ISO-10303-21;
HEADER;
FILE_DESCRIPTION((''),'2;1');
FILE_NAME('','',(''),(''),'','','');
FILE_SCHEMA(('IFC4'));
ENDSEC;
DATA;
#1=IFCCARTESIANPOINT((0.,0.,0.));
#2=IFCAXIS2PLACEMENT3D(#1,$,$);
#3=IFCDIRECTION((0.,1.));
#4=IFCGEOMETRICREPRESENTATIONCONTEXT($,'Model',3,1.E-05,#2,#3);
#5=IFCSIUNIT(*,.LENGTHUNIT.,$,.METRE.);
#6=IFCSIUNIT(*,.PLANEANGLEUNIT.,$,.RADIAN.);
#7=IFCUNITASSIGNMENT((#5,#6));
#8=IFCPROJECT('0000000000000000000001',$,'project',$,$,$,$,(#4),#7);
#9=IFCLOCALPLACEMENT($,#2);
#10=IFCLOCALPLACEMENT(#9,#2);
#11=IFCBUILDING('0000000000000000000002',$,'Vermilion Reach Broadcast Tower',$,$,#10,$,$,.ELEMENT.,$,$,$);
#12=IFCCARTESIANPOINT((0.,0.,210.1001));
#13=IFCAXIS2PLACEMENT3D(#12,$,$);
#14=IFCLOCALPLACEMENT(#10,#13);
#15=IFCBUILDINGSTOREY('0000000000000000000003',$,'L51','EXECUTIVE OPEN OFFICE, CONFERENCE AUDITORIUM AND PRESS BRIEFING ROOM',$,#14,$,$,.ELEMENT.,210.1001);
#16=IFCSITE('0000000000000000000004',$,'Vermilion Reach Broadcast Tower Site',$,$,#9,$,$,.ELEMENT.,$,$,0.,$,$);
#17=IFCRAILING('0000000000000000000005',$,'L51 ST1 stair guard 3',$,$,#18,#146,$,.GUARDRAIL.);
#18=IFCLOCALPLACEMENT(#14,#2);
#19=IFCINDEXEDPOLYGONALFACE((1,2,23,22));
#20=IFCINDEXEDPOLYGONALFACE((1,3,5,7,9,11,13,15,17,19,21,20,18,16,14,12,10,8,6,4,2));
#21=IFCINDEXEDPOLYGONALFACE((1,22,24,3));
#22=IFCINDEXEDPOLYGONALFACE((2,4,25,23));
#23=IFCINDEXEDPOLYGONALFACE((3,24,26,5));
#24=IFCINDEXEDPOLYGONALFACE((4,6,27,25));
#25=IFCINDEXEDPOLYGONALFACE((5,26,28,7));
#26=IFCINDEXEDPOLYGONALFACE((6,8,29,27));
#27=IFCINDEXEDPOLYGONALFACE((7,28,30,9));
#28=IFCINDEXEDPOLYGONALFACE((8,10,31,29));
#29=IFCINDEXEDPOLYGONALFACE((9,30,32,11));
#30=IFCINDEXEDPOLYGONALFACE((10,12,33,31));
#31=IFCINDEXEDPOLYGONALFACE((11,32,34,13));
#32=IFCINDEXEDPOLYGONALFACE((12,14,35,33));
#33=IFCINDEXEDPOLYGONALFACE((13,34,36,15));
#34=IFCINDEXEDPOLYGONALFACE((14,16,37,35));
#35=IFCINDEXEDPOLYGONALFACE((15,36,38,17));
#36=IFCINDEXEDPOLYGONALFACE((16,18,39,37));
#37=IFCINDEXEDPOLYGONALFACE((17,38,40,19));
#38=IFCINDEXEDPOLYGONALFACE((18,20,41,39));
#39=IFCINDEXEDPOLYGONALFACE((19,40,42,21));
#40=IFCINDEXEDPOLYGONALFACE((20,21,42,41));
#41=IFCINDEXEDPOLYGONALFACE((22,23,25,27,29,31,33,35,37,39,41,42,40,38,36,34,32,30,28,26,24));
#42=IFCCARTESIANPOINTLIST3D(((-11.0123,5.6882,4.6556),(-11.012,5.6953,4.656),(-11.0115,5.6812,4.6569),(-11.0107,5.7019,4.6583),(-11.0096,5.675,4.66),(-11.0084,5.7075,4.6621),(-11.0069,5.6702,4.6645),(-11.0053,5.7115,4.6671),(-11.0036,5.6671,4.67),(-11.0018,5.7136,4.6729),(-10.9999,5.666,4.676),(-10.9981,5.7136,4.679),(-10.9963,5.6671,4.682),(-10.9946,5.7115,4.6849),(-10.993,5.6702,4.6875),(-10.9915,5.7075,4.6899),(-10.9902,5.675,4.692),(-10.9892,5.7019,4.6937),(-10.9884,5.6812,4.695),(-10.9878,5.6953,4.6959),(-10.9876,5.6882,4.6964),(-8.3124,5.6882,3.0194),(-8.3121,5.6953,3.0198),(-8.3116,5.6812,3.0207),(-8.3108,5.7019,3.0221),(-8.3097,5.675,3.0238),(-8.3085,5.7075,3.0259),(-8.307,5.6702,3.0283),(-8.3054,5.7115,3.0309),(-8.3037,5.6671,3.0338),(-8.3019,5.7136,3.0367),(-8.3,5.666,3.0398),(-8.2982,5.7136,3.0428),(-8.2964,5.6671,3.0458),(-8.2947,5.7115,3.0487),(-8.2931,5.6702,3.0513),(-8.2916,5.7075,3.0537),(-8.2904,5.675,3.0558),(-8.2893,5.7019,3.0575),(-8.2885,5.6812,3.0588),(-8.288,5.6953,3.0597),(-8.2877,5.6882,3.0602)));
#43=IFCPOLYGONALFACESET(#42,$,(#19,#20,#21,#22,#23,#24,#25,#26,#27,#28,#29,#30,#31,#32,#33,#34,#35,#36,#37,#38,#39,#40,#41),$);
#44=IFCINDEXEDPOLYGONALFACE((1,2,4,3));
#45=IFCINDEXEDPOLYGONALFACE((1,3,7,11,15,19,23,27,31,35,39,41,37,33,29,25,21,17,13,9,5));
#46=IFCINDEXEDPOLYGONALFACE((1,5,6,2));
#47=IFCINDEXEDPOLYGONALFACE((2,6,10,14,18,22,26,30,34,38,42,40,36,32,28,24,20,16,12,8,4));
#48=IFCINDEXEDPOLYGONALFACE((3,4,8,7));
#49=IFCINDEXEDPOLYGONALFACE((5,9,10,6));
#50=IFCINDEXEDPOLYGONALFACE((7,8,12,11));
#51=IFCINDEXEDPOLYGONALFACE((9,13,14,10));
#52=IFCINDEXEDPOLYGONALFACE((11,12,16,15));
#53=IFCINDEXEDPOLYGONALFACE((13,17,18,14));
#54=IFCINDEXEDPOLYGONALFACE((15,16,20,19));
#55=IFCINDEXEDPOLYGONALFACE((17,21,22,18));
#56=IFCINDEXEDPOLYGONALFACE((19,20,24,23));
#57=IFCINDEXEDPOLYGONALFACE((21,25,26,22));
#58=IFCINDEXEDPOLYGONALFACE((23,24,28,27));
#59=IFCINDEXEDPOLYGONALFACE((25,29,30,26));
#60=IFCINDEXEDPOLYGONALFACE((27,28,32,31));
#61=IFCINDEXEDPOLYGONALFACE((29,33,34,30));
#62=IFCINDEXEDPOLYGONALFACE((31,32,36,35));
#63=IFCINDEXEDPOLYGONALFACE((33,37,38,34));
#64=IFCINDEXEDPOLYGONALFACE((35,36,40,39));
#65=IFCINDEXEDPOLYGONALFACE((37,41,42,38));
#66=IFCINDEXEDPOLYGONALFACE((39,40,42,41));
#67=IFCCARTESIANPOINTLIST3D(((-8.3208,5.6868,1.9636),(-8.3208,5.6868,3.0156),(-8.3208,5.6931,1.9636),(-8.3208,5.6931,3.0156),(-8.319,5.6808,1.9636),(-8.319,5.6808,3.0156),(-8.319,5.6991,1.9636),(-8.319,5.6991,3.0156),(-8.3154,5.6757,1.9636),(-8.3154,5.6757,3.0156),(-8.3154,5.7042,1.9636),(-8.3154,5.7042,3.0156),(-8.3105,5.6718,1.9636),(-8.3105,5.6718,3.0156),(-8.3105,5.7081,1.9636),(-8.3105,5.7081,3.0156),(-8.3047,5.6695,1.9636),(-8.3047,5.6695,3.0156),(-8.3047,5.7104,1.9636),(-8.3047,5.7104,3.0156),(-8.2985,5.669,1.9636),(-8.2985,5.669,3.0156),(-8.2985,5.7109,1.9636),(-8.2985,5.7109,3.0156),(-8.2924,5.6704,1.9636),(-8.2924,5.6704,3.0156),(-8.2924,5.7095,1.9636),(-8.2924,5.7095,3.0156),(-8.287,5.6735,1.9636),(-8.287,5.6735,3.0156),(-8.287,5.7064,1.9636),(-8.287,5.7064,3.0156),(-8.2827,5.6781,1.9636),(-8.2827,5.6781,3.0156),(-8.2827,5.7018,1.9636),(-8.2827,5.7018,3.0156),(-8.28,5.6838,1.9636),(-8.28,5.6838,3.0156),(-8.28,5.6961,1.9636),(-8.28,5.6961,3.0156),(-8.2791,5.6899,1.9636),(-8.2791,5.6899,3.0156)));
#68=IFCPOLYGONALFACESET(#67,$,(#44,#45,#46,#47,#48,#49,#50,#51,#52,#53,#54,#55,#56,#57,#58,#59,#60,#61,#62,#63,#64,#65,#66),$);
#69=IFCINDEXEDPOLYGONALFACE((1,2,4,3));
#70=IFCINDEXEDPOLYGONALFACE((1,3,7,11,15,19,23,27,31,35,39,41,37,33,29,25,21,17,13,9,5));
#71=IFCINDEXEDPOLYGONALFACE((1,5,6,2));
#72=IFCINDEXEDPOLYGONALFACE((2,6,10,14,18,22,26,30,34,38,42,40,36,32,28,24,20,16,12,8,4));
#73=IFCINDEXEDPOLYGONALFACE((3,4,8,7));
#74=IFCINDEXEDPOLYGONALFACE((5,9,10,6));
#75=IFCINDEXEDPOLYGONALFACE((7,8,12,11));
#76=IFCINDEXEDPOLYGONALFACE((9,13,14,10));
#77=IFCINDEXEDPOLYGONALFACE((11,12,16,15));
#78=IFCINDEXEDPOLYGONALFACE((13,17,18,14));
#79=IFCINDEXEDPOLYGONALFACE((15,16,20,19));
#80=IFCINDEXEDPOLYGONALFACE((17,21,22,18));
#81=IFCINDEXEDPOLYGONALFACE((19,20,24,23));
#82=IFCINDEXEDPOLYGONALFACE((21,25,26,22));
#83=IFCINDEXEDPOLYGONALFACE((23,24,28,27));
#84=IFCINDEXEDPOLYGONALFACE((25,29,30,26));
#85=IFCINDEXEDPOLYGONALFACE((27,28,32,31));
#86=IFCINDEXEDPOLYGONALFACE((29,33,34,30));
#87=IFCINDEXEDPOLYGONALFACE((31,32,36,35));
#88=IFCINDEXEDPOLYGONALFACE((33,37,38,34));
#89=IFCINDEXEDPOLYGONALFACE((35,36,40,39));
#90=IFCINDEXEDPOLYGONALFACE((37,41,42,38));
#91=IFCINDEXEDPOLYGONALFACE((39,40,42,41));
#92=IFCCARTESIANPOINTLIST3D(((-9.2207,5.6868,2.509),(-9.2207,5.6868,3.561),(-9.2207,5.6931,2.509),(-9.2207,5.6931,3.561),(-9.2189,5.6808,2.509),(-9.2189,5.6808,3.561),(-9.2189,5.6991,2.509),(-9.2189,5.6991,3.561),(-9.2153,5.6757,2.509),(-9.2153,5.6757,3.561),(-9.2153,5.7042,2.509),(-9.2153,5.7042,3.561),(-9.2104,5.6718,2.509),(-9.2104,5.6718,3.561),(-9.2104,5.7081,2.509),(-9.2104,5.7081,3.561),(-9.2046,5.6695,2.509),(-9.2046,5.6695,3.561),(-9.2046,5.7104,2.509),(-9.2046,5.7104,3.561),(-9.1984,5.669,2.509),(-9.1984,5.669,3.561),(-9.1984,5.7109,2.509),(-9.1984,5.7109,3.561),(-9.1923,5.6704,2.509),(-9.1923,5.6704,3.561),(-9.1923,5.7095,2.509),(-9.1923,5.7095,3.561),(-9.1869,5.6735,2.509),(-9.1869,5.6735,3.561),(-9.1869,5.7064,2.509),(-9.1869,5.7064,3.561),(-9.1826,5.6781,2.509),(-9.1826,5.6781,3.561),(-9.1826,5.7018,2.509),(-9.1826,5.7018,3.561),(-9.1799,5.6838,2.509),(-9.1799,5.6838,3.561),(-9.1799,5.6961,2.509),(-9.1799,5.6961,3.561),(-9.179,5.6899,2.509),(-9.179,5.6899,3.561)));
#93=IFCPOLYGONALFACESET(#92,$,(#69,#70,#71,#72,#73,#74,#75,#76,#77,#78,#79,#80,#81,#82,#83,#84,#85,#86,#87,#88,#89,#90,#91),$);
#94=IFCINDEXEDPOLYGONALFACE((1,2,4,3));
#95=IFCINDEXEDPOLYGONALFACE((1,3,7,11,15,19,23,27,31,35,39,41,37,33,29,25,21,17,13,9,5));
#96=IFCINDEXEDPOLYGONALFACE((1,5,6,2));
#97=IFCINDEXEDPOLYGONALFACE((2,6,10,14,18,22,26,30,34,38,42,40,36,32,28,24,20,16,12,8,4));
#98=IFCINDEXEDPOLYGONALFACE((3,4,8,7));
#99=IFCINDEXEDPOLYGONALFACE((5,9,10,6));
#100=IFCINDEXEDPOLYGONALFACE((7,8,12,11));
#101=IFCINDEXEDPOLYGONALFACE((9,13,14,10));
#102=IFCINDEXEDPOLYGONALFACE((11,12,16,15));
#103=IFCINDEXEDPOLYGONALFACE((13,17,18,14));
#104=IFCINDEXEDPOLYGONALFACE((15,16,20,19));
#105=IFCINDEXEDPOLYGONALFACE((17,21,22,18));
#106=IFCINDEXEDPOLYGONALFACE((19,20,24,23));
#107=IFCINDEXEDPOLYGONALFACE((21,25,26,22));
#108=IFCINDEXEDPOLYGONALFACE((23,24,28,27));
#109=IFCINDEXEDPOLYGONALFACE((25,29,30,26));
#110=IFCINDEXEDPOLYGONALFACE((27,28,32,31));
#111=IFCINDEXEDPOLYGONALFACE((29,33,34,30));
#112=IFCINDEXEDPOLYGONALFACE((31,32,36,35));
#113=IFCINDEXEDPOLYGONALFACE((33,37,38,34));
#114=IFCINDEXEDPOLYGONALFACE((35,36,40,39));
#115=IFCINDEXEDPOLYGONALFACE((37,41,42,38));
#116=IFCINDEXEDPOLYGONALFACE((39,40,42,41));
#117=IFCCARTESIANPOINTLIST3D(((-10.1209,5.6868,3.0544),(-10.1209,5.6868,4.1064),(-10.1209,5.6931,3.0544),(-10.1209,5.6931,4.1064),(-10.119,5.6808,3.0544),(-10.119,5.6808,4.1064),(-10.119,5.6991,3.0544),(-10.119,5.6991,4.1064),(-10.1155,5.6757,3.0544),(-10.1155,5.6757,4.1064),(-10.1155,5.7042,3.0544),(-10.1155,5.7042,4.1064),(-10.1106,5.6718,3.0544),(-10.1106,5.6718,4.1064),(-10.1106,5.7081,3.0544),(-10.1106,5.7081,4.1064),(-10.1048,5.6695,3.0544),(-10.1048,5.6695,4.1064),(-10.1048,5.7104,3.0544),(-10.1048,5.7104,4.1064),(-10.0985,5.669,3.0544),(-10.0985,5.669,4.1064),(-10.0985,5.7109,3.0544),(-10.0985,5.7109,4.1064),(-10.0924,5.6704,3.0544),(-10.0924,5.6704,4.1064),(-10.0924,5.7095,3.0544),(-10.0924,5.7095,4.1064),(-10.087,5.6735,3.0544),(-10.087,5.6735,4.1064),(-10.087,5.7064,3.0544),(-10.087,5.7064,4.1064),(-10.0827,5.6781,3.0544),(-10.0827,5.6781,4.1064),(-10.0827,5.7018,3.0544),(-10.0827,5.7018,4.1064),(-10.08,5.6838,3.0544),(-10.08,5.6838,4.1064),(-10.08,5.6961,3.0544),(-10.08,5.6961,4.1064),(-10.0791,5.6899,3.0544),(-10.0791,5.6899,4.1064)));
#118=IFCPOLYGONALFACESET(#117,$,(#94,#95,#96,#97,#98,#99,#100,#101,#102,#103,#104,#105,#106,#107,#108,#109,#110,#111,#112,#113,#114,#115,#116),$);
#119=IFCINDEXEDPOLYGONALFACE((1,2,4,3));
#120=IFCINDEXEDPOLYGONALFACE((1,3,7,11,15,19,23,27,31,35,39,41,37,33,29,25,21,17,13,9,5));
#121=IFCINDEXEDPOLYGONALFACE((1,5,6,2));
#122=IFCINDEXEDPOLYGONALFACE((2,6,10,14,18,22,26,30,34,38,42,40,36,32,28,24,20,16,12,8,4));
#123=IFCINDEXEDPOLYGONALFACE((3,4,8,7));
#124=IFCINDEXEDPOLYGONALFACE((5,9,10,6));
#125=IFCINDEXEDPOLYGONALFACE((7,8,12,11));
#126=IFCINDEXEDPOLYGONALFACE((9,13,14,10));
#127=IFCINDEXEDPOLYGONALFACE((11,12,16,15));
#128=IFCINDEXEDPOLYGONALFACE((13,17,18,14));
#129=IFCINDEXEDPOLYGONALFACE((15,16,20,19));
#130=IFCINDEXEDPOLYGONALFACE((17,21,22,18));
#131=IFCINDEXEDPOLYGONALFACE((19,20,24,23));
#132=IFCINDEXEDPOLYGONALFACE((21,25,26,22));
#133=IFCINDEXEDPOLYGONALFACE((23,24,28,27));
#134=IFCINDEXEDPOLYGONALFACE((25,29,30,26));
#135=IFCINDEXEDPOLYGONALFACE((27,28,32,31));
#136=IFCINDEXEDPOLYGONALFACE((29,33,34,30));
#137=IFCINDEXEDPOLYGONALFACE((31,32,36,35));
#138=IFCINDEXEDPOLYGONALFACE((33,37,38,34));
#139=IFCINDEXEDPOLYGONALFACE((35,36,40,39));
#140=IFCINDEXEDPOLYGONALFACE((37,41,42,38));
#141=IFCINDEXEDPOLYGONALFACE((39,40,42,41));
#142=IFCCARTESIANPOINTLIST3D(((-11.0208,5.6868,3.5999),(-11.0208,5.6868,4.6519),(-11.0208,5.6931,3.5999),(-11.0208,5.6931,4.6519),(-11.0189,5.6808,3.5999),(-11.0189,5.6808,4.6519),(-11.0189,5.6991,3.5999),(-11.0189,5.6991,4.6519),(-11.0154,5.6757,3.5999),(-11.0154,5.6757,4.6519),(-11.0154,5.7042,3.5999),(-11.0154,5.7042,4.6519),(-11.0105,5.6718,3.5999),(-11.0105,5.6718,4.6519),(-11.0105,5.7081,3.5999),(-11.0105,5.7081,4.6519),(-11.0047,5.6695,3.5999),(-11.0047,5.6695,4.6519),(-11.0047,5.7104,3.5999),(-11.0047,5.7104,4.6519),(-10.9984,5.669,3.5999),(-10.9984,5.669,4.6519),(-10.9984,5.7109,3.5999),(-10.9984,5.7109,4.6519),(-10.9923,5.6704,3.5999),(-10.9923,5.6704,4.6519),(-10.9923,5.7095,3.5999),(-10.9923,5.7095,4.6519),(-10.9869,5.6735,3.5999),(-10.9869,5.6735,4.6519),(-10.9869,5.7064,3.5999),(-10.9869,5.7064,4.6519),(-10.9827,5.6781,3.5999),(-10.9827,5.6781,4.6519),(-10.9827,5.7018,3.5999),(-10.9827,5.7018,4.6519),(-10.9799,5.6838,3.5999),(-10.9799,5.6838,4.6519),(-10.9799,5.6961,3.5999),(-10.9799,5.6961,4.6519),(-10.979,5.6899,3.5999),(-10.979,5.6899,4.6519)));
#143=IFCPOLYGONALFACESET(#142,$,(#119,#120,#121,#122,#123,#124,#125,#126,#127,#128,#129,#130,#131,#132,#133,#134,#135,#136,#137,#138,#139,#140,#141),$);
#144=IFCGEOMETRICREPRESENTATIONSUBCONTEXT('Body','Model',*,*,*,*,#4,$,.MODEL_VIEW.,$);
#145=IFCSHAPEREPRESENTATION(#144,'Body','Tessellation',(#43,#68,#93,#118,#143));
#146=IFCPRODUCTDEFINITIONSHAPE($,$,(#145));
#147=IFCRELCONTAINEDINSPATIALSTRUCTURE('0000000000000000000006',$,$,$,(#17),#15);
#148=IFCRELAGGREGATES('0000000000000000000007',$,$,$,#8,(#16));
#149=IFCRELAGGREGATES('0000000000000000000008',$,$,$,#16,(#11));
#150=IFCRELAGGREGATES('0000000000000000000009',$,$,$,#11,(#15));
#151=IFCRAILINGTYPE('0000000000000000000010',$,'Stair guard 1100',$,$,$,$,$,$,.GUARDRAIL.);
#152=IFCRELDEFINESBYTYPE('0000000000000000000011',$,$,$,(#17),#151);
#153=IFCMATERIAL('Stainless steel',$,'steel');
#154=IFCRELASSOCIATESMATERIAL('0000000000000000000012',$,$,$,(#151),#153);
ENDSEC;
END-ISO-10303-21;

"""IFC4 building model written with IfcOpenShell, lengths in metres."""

from ifc_helpers import new_model, si_unit, direction, frame, origin, origin_2d, place, context, subcontext, project, spatial, circle, extrude, material, type_object, element, save


model = new_model("IFC4")

# Units and contexts
model_context = context("Model", 3, precision=1e-05, world=origin(), true_north=direction((0.0, 1.0)))
body_context = subcontext(model_context, "Body", "Model", "MODEL_VIEW")
ifc_project = project(units=[si_unit("LENGTHUNIT", "METRE"), si_unit("PLANEANGLEUNIT", "RADIAN")], contexts=[model_context])

# Site, building, storey
site_placement = place(None, origin())
site = spatial("IfcSite", under=ifc_project, at=site_placement, Name="Vermilion Reach Broadcast Tower Site", CompositionType="ELEMENT", RefElevation=0.0)
building_placement = place(site_placement, origin())
building = spatial("IfcBuilding", under=site, at=building_placement, Name="Vermilion Reach Broadcast Tower", CompositionType="ELEMENT")
storey_placement = place(building_placement, frame((0.0, 0.0, 210.1001)))
storey = spatial("IfcBuildingStorey", under=building, at=storey_placement, Name="L51", Description="EXECUTIVE OPEN OFFICE, CONFERENCE AUDITORIUM AND PRESS BRIEFING ROOM", CompositionType="ELEMENT", Elevation=210.1001)

# Railing
ifc_material_1 = material(Name="Stainless steel", Category="steel")
railing_type_1 = type_object("IfcRailingType", Name="Stair guard 1100", PredefinedType="GUARDRAIL", material=ifc_material_1)
railing_1_placement = place(storey_placement, frame((-8.3, 5.6899, 1.9636)))
element("IfcRailing", 1, at=railing_1_placement, inside=storey, type_object=railing_type_1, Name="L51 ST1 stair guard 3", PredefinedType="GUARDRAIL", context=body_context, shape_type="SweptSolid", body=[
    extrude(circle(Radius=0.0239, at=origin_2d()), frame((0.0, 0.0, 1.0762), z_axis=(-0.855212, 0.0, 0.518278), x_axis=(0.0, -1.0, 0.0)), (0.0, 0.0, 1.0), 3.157),
    extrude(circle(Radius=0.021, at=origin_2d()), origin(), (0.0, 0.0, 1.0), 1.052),
    extrude(circle(Radius=0.021, at=origin_2d()), frame((-0.8999, 0.0, 0.5454)), (0.0, 0.0, 1.0), 1.052),
    extrude(circle(Radius=0.021, at=origin_2d()), frame((-1.8, 0.0, 1.0908)), (0.0, 0.0, 1.0), 1.052),
    extrude(circle(Radius=0.021, at=origin_2d()), frame((-2.7, 0.0, 1.6362)), (0.0, 0.0, 1.0), 1.052),
])

save(model, "model.ifc")
